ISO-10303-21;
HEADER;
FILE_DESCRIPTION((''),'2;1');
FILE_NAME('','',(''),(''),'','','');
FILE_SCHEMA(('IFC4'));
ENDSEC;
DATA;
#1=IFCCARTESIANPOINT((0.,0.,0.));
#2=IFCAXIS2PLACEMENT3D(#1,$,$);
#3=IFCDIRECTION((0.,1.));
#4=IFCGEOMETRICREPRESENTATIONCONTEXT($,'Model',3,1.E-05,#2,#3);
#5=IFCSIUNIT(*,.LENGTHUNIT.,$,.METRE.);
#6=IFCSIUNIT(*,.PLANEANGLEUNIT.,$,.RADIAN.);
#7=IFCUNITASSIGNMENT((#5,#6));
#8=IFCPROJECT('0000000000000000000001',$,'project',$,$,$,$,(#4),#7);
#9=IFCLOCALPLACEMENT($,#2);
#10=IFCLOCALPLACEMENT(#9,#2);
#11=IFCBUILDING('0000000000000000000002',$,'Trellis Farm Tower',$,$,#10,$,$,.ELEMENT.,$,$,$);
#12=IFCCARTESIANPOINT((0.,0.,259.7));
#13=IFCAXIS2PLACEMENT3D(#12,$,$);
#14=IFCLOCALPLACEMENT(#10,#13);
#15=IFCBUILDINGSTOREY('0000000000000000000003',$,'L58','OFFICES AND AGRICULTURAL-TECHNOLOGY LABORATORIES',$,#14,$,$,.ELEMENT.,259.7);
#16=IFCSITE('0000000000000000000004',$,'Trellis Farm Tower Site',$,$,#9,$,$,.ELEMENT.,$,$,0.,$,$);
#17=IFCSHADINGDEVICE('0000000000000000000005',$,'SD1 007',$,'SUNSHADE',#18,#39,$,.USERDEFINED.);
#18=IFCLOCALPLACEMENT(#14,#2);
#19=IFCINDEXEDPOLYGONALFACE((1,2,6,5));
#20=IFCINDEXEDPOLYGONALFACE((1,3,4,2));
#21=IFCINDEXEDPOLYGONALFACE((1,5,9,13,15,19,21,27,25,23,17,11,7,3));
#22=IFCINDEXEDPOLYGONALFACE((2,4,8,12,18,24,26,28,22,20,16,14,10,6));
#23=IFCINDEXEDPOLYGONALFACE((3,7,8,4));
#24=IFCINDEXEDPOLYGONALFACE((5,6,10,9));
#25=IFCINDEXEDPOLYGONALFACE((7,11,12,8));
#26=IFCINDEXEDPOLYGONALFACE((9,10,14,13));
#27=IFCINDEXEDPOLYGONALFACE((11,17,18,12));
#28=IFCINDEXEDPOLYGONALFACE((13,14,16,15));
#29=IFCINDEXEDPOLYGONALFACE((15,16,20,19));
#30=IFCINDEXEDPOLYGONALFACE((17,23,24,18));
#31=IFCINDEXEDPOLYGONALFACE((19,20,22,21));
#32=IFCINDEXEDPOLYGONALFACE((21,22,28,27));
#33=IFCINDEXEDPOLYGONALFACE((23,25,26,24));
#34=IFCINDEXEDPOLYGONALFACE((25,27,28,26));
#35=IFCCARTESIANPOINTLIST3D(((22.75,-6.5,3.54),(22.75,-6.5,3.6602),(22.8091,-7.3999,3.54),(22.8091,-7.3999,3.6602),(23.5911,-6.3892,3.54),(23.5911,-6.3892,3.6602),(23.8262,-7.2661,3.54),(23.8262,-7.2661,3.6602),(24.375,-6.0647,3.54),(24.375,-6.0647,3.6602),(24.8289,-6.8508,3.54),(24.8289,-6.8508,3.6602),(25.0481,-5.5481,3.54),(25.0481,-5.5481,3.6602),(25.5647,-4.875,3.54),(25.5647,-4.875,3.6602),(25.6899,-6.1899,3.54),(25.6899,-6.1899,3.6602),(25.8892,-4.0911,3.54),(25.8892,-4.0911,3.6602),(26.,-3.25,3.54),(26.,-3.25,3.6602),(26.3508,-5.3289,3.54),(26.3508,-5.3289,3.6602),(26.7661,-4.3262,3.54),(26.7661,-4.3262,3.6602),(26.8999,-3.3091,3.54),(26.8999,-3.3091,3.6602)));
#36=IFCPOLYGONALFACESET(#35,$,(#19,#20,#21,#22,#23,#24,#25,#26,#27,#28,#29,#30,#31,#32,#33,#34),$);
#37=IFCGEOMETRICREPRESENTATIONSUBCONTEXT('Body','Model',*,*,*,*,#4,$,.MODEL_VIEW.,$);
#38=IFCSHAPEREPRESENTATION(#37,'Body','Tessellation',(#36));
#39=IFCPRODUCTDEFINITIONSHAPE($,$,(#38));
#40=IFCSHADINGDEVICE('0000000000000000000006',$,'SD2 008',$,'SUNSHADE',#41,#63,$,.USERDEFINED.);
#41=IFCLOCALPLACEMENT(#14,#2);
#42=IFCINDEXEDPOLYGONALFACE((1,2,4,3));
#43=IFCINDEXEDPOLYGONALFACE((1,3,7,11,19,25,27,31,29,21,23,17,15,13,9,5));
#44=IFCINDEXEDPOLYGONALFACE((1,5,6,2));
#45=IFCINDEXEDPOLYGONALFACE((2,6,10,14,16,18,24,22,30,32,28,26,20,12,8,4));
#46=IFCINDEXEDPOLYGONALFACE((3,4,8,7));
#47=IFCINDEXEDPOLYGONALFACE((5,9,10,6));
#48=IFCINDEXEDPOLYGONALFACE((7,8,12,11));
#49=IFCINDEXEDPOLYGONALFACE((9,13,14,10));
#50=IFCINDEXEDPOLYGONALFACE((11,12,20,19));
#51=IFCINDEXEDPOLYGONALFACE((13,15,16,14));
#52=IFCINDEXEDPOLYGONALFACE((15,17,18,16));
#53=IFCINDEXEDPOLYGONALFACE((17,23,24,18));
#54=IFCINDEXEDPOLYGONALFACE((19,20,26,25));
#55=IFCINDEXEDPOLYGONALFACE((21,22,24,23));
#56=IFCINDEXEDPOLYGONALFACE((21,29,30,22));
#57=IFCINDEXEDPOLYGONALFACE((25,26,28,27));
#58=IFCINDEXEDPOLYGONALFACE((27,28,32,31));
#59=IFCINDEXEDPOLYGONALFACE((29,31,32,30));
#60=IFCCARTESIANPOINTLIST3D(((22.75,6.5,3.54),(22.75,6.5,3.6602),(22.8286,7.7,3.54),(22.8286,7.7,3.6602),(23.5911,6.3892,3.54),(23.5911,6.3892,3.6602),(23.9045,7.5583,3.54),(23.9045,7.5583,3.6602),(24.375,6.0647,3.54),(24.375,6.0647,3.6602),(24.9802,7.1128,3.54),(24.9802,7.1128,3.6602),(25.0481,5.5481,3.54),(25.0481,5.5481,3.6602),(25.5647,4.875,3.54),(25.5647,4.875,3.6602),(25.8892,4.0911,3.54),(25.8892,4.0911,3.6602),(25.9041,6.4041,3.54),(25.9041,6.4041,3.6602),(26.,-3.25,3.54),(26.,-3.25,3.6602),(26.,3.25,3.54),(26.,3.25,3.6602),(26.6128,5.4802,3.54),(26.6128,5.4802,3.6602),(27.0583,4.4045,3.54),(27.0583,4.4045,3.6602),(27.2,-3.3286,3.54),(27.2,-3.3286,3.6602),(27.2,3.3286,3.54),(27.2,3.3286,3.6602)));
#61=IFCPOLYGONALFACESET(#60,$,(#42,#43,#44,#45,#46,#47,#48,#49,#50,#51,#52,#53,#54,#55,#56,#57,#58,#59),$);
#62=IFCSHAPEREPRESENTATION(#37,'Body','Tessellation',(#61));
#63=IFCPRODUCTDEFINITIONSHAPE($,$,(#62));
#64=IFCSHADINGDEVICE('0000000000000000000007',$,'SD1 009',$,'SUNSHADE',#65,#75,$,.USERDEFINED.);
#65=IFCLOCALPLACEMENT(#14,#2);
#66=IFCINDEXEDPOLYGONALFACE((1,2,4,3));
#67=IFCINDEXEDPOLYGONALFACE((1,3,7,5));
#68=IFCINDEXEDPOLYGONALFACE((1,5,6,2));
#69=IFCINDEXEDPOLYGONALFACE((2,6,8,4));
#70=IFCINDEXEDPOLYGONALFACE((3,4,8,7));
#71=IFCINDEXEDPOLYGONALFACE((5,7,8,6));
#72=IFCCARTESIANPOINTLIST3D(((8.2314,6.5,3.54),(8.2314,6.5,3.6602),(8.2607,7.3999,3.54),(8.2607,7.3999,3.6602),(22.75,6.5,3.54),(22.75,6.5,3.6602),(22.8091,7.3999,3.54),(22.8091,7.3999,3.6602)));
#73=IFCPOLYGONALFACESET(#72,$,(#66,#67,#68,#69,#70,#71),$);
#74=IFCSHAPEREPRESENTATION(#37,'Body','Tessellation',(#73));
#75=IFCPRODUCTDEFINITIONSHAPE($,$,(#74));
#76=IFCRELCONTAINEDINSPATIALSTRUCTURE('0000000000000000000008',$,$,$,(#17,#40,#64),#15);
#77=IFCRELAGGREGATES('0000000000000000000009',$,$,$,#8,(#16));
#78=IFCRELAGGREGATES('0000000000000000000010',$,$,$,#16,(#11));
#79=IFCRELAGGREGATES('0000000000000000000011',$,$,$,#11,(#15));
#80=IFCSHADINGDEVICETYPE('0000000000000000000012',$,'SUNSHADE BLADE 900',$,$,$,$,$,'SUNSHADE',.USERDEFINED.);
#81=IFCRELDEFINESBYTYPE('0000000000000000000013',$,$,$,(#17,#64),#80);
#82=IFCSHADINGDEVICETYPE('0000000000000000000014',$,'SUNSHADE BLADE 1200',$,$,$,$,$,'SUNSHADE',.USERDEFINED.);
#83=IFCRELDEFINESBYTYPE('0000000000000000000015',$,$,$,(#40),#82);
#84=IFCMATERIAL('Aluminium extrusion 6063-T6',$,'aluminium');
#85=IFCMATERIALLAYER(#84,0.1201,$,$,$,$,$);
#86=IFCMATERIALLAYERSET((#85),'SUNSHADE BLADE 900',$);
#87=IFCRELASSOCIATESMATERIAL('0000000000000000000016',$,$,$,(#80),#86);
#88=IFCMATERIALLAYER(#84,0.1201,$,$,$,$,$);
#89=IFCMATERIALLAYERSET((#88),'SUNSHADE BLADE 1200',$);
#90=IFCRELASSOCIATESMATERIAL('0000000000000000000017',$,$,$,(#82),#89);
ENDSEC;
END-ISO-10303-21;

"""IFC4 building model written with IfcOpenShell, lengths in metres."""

from ifc_helpers import new_model, si_unit, direction, frame, origin, place, context, subcontext, project, spatial, polyline, outline, extrude, source, transform, mapped, material, layer, layer_set, type_object, element, save


model = new_model("IFC4")

# Units and contexts
model_context = context("Model", 3, precision=1e-05, world=origin(), true_north=direction((0.0, 1.0)))
body_context = subcontext(model_context, "Body", "Model", "MODEL_VIEW")
ifc_project = project(units=[si_unit("LENGTHUNIT", "METRE"), si_unit("PLANEANGLEUNIT", "RADIAN")], contexts=[model_context])

# Site, building, storey
site_placement = place(None, origin())
site = spatial("IfcSite", under=ifc_project, at=site_placement, Name="Trellis Farm Tower Site", CompositionType="ELEMENT", RefElevation=0.0)
building_placement = place(site_placement, origin())
building = spatial("IfcBuilding", under=site, at=building_placement, Name="Trellis Farm Tower", CompositionType="ELEMENT")
storey_placement = place(building_placement, frame((0.0, 0.0, 259.7)))
storey = spatial("IfcBuildingStorey", under=building, at=storey_placement, Name="L58", Description="OFFICES AND AGRICULTURAL-TECHNOLOGY LABORATORIES", CompositionType="ELEMENT", Elevation=259.7)

# Shared definitions
ifc_material_1 = material(Name="Aluminium extrusion 6063-T6", Category="aluminium")

# Shading devices
ifc_layer_1 = layer(ifc_material_1, 0.1201)
ifc_layer_set_1 = layer_set([ifc_layer_1], Name="SUNSHADE BLADE 900")
shading_device_type_1 = type_object("IfcShadingDeviceType", Name="SUNSHADE BLADE 900", ElementType="SUNSHADE", PredefinedType="USERDEFINED", material=ifc_layer_set_1)
placement_1 = place(storey_placement, frame((0.0, 0.0, 3.54)))
ifc_layer_2 = layer(ifc_material_1, 0.1201)
ifc_layer_set_2 = layer_set([ifc_layer_2], Name="SUNSHADE BLADE 1200")
shading_device_type_2 = type_object("IfcShadingDeviceType", Name="SUNSHADE BLADE 1200", ElementType="SUNSHADE", PredefinedType="USERDEFINED", material=ifc_layer_set_2)
shared_shape_1 = source(origin(), body_context, "Body", "SweptSolid", [
    extrude(outline(polyline([(22.8091, -7.3999), (23.8262, -7.2661), (24.8289, -6.8508), (25.6899, -6.1899), (26.3508, -5.3289), (26.7661, -4.3262), (26.8999, -3.3091), (26.0, -3.25), (25.8892, -4.0911), (25.5647, -4.875), (25.0481, -5.5481), (24.375, -6.0647), (23.5911, -6.3892), (22.75, -6.5), (22.8091, -7.3999)])), origin(), (0.0, 0.0, 1.0), 0.1201),
])
element("IfcShadingDevice", 1, at=placement_1, inside=storey, type_object=shading_device_type_1, Name="SD1 007", ObjectType="SUNSHADE", PredefinedType="USERDEFINED", context=body_context, shape_type="MappedRepresentation", body=[
    mapped(shared_shape_1, transform((0.0, 0.0, 0.0))),
])
shared_shape_2 = source(origin(), body_context, "Body", "SweptSolid", [
    extrude(outline(polyline([(27.2, -3.3286), (27.2, 3.3286), (27.0583, 4.4045), (26.6128, 5.4802), (25.9041, 6.4041), (24.9802, 7.1128), (23.9045, 7.5583), (22.8286, 7.7), (22.75, 6.5), (23.5911, 6.3892), (24.375, 6.0647), (25.0481, 5.5481), (25.5647, 4.875), (25.8892, 4.0911), (26.0, 3.25), (26.0, -3.25), (27.2, -3.3286)])), origin(), (0.0, 0.0, 1.0), 0.1201),
])
element("IfcShadingDevice", 2, at=placement_1, inside=storey, type_object=shading_device_type_2, Name="SD2 008", ObjectType="SUNSHADE", PredefinedType="USERDEFINED", context=body_context, shape_type="MappedRepresentation", body=[
    mapped(shared_shape_2, transform((0.0, 0.0, 0.0))),
])
shared_shape_3 = source(origin(), body_context, "Body", "SweptSolid", [
    extrude(outline(polyline([(22.8091, 7.3999), (8.2607, 7.3999), (8.2314, 6.5), (22.75, 6.5), (22.8091, 7.3999)])), origin(), (0.0, 0.0, 1.0), 0.1201),
])
element("IfcShadingDevice", 3, at=placement_1, inside=storey, type_object=shading_device_type_1, Name="SD1 009", ObjectType="SUNSHADE", PredefinedType="USERDEFINED", context=body_context, shape_type="MappedRepresentation", body=[
    mapped(shared_shape_3, transform((0.0, 0.0, 0.0))),
])

save(model, "model.ifc")
